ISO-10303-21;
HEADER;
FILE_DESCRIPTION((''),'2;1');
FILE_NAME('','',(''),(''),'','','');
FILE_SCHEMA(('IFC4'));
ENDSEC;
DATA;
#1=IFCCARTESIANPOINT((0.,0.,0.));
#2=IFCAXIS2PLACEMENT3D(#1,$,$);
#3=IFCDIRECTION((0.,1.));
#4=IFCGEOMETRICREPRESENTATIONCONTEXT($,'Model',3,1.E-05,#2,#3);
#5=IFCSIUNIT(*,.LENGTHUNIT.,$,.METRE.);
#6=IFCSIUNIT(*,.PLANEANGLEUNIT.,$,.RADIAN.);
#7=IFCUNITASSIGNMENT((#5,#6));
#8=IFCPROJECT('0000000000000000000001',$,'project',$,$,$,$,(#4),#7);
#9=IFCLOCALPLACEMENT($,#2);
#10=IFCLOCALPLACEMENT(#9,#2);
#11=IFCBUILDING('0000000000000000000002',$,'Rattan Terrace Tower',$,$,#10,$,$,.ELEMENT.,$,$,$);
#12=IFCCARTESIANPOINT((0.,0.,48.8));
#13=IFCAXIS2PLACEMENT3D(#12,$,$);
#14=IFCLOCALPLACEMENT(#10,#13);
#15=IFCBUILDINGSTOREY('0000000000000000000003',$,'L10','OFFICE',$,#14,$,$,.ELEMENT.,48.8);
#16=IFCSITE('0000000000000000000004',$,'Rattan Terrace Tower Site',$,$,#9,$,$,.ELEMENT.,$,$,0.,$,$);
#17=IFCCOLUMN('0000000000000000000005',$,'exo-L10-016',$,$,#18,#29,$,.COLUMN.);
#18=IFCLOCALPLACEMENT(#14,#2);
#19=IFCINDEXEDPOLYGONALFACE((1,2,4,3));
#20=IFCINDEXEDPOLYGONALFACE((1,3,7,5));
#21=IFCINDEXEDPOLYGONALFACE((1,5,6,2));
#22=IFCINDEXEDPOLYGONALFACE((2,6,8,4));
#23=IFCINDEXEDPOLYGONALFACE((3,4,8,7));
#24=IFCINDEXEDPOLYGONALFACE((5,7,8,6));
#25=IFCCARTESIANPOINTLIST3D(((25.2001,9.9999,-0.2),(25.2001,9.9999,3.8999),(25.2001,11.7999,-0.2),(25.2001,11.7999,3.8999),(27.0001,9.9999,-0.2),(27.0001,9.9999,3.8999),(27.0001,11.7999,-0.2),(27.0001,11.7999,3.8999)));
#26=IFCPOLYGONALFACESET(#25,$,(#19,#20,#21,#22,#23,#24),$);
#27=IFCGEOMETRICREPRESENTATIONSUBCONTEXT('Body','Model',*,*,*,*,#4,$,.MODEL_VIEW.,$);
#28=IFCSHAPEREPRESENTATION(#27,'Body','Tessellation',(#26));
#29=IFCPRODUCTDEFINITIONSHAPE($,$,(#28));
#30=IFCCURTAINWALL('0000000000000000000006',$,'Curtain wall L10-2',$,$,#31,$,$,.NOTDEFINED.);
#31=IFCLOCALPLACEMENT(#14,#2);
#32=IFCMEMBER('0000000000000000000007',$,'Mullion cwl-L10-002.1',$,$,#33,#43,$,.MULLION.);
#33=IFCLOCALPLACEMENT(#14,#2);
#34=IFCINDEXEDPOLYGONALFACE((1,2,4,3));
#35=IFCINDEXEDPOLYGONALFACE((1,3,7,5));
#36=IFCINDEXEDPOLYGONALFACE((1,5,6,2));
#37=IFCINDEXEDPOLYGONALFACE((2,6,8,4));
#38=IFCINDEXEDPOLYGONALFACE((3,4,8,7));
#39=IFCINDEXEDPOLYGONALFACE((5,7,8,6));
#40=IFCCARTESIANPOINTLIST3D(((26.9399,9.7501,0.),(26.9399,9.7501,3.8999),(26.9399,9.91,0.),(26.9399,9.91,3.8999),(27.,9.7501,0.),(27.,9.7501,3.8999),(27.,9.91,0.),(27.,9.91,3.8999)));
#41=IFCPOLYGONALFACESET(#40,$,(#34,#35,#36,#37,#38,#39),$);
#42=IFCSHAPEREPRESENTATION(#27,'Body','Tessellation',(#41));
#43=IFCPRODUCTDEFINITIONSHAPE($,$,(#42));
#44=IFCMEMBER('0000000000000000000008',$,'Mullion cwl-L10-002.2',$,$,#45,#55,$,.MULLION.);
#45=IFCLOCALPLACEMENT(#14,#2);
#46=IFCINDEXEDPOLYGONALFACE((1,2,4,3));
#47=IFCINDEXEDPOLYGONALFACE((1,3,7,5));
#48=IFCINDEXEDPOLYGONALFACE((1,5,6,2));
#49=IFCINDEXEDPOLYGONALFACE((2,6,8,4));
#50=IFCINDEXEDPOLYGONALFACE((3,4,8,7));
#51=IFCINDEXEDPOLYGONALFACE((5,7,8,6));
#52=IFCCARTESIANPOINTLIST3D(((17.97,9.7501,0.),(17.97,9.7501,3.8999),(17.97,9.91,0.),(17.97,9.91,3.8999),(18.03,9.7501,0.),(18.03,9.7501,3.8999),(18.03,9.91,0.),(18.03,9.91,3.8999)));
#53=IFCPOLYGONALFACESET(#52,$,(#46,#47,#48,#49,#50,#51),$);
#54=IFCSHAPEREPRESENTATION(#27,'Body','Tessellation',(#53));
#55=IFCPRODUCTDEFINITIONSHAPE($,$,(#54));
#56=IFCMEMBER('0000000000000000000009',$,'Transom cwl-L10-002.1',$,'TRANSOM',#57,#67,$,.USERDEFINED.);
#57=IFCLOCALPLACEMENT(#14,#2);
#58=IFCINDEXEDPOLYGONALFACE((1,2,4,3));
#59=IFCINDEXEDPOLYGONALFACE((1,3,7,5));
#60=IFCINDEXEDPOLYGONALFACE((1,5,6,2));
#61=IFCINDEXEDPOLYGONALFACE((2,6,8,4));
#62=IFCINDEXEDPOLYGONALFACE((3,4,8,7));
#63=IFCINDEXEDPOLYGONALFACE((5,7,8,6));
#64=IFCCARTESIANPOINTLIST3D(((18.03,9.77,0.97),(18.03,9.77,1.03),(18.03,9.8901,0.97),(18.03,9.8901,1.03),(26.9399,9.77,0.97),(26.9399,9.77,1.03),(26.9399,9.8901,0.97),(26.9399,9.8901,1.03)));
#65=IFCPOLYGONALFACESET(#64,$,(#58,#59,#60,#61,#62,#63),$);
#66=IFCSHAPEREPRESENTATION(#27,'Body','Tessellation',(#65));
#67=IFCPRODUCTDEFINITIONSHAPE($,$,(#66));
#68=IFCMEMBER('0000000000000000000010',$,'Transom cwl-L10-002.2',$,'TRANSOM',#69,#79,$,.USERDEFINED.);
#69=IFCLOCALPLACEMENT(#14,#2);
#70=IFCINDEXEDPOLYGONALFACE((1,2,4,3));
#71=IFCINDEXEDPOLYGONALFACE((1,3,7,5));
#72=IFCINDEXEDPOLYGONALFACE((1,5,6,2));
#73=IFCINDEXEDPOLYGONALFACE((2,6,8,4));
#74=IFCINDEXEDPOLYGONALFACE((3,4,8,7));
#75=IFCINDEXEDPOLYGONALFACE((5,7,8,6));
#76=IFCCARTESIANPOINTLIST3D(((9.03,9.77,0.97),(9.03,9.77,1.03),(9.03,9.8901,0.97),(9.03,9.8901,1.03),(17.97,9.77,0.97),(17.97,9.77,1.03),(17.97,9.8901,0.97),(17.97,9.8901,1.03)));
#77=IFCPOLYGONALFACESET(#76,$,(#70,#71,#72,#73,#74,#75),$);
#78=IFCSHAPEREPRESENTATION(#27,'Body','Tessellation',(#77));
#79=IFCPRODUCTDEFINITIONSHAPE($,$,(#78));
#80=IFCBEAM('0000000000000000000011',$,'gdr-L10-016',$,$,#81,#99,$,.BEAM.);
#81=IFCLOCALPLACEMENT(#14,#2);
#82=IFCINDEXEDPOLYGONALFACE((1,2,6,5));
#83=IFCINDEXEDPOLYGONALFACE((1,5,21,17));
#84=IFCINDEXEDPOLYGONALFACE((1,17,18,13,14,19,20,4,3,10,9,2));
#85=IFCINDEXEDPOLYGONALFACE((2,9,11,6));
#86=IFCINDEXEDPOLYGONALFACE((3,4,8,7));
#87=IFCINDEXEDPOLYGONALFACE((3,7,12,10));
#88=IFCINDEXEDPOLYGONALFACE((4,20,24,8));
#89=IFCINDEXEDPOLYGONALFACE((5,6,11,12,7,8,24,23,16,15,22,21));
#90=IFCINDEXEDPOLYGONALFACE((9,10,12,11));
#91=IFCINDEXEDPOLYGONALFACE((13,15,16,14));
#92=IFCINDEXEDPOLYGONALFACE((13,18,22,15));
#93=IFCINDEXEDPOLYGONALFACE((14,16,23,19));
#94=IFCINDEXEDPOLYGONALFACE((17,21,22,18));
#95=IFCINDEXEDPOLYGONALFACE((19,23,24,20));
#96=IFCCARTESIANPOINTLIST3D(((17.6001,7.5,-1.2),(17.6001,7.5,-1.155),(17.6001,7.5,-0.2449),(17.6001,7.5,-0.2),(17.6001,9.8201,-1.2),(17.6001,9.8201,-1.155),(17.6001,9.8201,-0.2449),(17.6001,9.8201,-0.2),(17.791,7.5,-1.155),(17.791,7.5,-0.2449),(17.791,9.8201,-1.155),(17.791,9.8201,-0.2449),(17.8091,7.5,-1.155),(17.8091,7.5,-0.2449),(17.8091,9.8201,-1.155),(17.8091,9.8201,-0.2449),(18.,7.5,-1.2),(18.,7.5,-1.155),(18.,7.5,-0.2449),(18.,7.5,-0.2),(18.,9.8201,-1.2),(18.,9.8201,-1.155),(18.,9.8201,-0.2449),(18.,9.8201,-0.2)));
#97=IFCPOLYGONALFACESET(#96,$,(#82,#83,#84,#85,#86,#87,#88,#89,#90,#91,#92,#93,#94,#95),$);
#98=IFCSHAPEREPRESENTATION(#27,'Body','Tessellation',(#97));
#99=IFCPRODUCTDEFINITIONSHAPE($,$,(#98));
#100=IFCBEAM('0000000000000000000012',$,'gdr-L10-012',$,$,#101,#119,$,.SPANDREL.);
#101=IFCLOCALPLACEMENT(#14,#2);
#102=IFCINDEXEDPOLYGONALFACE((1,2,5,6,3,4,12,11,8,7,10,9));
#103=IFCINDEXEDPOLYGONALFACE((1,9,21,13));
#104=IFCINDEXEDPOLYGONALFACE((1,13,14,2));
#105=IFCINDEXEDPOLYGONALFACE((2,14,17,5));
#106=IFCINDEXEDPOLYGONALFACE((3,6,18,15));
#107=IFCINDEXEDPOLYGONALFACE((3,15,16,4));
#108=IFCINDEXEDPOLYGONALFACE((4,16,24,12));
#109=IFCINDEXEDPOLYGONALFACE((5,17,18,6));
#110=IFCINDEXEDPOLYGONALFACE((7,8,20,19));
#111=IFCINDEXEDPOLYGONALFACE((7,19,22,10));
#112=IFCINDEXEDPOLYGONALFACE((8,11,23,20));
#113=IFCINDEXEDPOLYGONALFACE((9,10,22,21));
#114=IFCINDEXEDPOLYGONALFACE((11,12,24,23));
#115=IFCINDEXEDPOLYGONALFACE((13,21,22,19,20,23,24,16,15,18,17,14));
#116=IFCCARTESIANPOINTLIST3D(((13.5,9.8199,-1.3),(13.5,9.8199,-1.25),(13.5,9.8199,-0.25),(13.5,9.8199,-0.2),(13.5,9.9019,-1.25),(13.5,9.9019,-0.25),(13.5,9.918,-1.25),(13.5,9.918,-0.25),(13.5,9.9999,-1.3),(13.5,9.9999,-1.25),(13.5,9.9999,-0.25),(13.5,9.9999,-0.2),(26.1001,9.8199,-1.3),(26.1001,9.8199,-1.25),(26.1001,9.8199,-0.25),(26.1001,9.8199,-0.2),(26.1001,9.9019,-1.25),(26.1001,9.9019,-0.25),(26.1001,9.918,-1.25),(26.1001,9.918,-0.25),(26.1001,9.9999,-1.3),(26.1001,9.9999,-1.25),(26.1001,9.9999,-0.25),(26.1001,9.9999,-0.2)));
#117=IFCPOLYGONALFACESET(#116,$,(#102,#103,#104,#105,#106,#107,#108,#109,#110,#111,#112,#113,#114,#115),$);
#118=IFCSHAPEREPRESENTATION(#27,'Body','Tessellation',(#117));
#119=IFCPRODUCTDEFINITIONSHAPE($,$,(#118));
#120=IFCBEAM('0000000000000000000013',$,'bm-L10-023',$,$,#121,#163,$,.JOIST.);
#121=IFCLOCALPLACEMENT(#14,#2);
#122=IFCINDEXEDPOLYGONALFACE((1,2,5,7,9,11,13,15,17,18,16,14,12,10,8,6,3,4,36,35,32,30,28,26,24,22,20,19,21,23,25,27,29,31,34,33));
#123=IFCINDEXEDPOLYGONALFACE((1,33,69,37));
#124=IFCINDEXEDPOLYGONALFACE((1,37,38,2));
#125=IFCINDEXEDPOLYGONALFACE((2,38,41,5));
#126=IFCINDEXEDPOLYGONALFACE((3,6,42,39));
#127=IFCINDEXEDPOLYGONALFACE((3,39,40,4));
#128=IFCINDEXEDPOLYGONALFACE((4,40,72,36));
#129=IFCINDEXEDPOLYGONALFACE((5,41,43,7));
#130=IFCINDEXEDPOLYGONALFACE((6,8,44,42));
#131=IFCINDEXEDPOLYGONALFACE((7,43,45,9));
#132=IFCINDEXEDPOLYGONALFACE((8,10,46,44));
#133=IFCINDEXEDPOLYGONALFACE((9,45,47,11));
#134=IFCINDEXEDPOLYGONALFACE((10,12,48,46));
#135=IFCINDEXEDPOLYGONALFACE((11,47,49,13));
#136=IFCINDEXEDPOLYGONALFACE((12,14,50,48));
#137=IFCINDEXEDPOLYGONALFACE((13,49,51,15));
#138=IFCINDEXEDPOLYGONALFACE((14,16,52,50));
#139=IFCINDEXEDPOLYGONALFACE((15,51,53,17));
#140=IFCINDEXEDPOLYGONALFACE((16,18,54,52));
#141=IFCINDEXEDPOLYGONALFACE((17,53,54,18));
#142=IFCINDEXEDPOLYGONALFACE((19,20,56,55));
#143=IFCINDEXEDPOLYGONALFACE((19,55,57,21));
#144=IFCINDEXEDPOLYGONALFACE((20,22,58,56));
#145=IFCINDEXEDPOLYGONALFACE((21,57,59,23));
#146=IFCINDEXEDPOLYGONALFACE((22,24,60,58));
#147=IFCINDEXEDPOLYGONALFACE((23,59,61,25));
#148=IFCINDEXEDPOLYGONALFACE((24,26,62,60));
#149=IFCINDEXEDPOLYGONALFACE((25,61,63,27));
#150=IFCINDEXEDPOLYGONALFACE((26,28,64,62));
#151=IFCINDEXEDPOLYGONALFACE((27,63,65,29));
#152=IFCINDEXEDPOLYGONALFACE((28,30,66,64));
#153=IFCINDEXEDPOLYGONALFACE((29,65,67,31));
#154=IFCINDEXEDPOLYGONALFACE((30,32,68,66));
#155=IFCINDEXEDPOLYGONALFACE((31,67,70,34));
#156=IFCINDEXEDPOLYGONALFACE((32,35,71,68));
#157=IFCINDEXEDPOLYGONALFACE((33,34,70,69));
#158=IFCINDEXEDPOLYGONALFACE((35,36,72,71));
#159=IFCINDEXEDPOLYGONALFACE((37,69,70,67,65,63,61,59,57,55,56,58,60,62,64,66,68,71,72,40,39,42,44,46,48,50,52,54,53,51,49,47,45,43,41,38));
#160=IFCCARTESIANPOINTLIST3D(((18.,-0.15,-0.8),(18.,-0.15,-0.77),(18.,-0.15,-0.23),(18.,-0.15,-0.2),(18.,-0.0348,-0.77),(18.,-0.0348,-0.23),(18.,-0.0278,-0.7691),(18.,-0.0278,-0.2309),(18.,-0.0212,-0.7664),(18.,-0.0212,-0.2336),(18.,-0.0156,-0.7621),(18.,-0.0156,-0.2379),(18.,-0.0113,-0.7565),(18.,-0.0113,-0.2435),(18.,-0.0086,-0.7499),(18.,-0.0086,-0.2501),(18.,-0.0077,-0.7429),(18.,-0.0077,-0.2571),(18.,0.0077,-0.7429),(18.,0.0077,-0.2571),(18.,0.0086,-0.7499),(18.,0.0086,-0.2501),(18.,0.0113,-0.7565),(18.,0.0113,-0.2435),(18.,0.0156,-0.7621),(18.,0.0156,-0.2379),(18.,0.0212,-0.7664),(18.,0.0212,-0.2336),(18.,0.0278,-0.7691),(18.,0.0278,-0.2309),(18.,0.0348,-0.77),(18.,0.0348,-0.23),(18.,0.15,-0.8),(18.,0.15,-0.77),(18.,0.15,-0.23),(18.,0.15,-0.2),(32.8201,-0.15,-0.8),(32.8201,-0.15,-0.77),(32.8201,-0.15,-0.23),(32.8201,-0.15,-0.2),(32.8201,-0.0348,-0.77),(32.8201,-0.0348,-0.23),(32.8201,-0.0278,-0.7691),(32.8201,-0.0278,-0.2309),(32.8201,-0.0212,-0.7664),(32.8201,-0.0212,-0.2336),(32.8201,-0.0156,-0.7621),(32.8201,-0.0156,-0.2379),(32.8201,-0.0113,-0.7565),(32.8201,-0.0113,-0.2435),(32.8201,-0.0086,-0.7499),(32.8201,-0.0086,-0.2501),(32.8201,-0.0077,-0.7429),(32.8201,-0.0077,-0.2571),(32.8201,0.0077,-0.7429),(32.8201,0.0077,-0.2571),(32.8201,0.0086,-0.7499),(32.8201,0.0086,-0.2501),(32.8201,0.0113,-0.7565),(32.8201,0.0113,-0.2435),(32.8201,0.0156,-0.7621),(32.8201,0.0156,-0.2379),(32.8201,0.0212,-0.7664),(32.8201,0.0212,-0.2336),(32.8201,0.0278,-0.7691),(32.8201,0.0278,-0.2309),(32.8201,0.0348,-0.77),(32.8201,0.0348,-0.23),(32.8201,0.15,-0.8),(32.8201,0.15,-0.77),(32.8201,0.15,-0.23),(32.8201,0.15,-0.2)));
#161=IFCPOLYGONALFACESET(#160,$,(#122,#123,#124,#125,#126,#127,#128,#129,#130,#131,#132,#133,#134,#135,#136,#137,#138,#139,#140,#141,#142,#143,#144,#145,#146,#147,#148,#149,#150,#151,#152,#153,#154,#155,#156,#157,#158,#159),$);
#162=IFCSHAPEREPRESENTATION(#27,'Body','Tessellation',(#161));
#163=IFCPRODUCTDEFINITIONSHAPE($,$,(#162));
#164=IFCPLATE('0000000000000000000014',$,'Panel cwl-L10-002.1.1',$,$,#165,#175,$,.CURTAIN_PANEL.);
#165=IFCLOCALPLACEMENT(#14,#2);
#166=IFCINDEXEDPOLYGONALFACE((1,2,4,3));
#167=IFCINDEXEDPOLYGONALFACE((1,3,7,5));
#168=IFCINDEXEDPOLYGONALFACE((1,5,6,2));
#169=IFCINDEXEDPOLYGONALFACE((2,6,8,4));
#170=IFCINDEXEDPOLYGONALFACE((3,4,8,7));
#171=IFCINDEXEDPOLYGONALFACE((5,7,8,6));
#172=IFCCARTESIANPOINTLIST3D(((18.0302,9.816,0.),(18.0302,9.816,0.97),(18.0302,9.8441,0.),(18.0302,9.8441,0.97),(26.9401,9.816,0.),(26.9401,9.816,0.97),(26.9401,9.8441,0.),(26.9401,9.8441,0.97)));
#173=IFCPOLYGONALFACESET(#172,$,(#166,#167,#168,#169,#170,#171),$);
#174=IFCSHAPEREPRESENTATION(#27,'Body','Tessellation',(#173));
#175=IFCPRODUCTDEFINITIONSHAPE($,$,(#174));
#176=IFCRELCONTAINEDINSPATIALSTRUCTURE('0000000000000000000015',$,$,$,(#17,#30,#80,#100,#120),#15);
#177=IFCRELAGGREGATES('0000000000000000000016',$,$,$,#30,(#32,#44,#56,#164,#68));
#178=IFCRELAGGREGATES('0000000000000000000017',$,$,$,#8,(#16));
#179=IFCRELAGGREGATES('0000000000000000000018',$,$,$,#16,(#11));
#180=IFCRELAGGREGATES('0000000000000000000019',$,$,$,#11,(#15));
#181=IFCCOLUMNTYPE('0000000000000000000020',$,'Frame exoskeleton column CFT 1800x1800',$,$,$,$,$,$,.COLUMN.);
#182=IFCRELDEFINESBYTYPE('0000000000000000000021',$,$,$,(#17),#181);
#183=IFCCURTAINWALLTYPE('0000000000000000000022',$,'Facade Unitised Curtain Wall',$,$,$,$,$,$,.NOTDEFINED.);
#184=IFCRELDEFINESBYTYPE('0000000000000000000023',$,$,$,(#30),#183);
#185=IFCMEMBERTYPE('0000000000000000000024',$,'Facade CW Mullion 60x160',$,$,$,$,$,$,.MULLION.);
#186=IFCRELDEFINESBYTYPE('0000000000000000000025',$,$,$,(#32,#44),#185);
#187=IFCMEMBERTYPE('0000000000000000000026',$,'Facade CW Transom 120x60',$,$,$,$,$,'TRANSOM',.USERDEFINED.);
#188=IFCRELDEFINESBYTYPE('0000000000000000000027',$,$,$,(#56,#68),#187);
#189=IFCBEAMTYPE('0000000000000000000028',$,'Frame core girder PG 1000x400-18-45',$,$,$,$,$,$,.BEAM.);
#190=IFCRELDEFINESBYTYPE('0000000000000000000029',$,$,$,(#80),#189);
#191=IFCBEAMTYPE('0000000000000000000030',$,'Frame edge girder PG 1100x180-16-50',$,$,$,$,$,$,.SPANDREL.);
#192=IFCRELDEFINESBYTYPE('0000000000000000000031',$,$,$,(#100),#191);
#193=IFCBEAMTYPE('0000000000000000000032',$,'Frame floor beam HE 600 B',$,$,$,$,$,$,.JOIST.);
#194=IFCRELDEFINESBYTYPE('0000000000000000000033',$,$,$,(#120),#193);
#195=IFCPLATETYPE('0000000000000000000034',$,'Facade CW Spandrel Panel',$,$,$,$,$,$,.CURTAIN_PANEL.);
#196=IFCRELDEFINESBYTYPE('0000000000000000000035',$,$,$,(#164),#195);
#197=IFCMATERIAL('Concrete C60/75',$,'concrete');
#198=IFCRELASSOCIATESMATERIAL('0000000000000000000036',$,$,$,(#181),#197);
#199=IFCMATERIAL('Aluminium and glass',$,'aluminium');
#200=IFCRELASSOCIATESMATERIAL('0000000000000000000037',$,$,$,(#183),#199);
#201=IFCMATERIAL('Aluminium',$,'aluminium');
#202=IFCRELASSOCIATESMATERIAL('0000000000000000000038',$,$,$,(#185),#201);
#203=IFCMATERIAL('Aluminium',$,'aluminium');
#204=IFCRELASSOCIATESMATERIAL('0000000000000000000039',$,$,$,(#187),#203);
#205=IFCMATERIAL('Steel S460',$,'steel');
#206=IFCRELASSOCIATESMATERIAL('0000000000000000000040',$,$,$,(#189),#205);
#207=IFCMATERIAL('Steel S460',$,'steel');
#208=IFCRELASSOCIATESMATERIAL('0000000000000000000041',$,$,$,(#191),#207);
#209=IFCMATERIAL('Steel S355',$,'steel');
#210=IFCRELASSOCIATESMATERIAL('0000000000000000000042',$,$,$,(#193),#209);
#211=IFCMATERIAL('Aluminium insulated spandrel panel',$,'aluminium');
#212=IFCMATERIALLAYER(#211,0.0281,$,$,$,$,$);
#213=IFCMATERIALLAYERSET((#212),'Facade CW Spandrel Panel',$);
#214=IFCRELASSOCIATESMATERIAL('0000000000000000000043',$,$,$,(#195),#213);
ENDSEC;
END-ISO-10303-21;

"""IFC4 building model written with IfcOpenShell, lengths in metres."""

from ifc_helpers import new_model, si_unit, direction, frame, origin, origin_2d, place, context, subcontext, project, spatial, rectangle, i_section, extrude, material, layer, layer_set, material_profile, profile_set, type_object, element, aggregate, save


model = new_model("IFC4")

# Units and contexts
model_context = context("Model", 3, precision=1e-05, world=origin(), true_north=direction((0.0, 1.0)))
body_context = subcontext(model_context, "Body", "Model", "MODEL_VIEW")
ifc_project = project(units=[si_unit("LENGTHUNIT", "METRE"), si_unit("PLANEANGLEUNIT", "RADIAN")], contexts=[model_context])

# Site, building, storey
site_placement = place(None, origin())
site = spatial("IfcSite", under=ifc_project, at=site_placement, Name="Rattan Terrace Tower Site", CompositionType="ELEMENT", RefElevation=0.0)
building_placement = place(site_placement, origin())
building = spatial("IfcBuilding", under=site, at=building_placement, Name="Rattan Terrace Tower", CompositionType="ELEMENT")
storey_placement = place(building_placement, frame((0.0, 0.0, 48.8)))
storey = spatial("IfcBuildingStorey", under=building, at=storey_placement, Name="L10", Description="OFFICE", CompositionType="ELEMENT", Elevation=48.8)

# Column
ifc_material_1 = material(Name="Concrete C60/75", Category="concrete")
ifc_material_profile_1 = material_profile(ifc_material_1, rectangle(XDim=1.8, YDim=1.8, at=origin_2d()), Name="CFT 1800x1800")
ifc_profile_set_1 = profile_set([ifc_material_profile_1], Name="Concrete C60/75")
column_type = type_object("IfcColumnType", Name="Frame exoskeleton column CFT 1800x1800", PredefinedType="COLUMN", material=ifc_profile_set_1)
column_placement = place(storey_placement, frame((26.1001, 10.8999, -0.2), z_axis=(0.0, 0.0, 1.0), x_axis=(1.0, 0.0, 0.0)))
element("IfcColumn", 1, at=column_placement, inside=storey, type_object=column_type, Name="exo-L10-016", PredefinedType="COLUMN", context=body_context, shape_type="SweptSolid", body=[
    extrude(rectangle(XDim=1.8, YDim=1.8, at=origin_2d()), origin(), (0.0, 0.0, 1.0), 4.0999),
])

# Curtain wall, members
ifc_material_2 = material(Name="Aluminium and glass", Category="aluminium")
curtain_wall_type = type_object("IfcCurtainWallType", Name="Facade Unitised Curtain Wall", PredefinedType="NOTDEFINED", material=ifc_material_2)
curtain_wall_placement = place(storey_placement, origin())
curtain_wall = element("IfcCurtainWall", 2, at=curtain_wall_placement, inside=storey, type_object=curtain_wall_type, Name="Curtain wall L10-2", PredefinedType="NOTDEFINED")
ifc_material_3 = material(Name="Aluminium", Category="aluminium")
ifc_material_profile_2 = material_profile(ifc_material_3, rectangle(XDim=0.0601, YDim=0.1599, at=origin_2d()), Name="Aluminium 60x160")
ifc_profile_set_2 = profile_set([ifc_material_profile_2], Name="Aluminium")
member_type_1 = type_object("IfcMemberType", Name="Facade CW Mullion 60x160", PredefinedType="MULLION", material=ifc_profile_set_2)
member_1_placement = place(storey_placement, frame((26.97, 9.8301, 0.0), z_axis=(0.0, 0.0, 1.0), x_axis=(-1.0, 0.0, 0.0)))
member_1 = element("IfcMember", 3, at=member_1_placement, type_object=member_type_1, Name="Mullion cwl-L10-002.1", PredefinedType="MULLION", context=body_context, shape_type="SweptSolid", body=[
    extrude(rectangle(XDim=0.0601, YDim=0.1599, at=origin_2d()), origin(), (0.0, 0.0, 1.0), 3.8999),
])
member_2_placement = place(storey_placement, frame((18.0, 9.8301, 0.0), z_axis=(0.0, 0.0, 1.0), x_axis=(-1.0, 0.0, 0.0)))
member_2 = element("IfcMember", 4, at=member_2_placement, type_object=member_type_1, Name="Mullion cwl-L10-002.2", PredefinedType="MULLION", context=body_context, shape_type="SweptSolid", body=[
    extrude(rectangle(XDim=0.0601, YDim=0.1599, at=origin_2d()), origin(), (0.0, 0.0, 1.0), 3.8999),
])
ifc_material_4 = material(Name="Aluminium", Category="aluminium")
ifc_material_profile_3 = material_profile(ifc_material_4, rectangle(XDim=0.1201, YDim=0.0601, at=origin_2d()), Name="Aluminium 120x60")
ifc_profile_set_3 = profile_set([ifc_material_profile_3], Name="Aluminium")
member_type_2 = type_object("IfcMemberType", Name="Facade CW Transom 120x60", ElementType="TRANSOM", PredefinedType="USERDEFINED", material=ifc_profile_set_3)
member_3_placement = place(storey_placement, frame((26.9399, 9.8301, 1.0), z_axis=(-1.0, 0.0, 0.0), x_axis=(0.0, -1.0, 0.0)))
member_3 = element("IfcMember", 5, at=member_3_placement, type_object=member_type_2, Name="Transom cwl-L10-002.1", ObjectType="TRANSOM", PredefinedType="USERDEFINED", context=body_context, shape_type="SweptSolid", body=[
    extrude(rectangle(XDim=0.1201, YDim=0.0601, at=origin_2d()), origin(), (0.0, 0.0, 1.0), 8.9099),
])
member_4_placement = place(storey_placement, frame((17.97, 9.8301, 1.0), z_axis=(-1.0, 0.0, 0.0), x_axis=(0.0, -1.0, 0.0)))
member_4 = element("IfcMember", 6, at=member_4_placement, type_object=member_type_2, Name="Transom cwl-L10-002.2", ObjectType="TRANSOM", PredefinedType="USERDEFINED", context=body_context, shape_type="SweptSolid", body=[
    extrude(rectangle(XDim=0.1201, YDim=0.0601, at=origin_2d()), origin(), (0.0, 0.0, 1.0), 8.9399),
])

# Beams
ifc_material_5 = material(Name="Steel S460", Category="steel")
ifc_material_profile_4 = material_profile(ifc_material_5, i_section(OverallWidth=0.3999, OverallDepth=1.0, WebThickness=0.0181, FlangeThickness=0.0449, at=origin_2d()), Name="PG 1000x400-18-45")
ifc_profile_set_4 = profile_set([ifc_material_profile_4], Name="Steel S460")
beam_type_1 = type_object("IfcBeamType", Name="Frame core girder PG 1000x400-18-45", PredefinedType="BEAM", material=ifc_profile_set_4)
beam_1_placement = place(storey_placement, frame((17.8, 7.5, -0.7), z_axis=(0.0, 1.0, 0.0), x_axis=(-1.0, 0.0, 0.0)))
element("IfcBeam", 7, at=beam_1_placement, inside=storey, type_object=beam_type_1, Name="gdr-L10-016", PredefinedType="BEAM", context=body_context, shape_type="SweptSolid", body=[
    extrude(i_section(OverallWidth=0.3999, OverallDepth=1.0, WebThickness=0.0181, FlangeThickness=0.0449, at=origin_2d()), origin(), (0.0, 0.0, 1.0), 2.3201),
])
ifc_material_6 = material(Name="Steel S460", Category="steel")
ifc_material_profile_5 = material_profile(ifc_material_6, i_section(OverallWidth=0.1799, OverallDepth=1.1001, WebThickness=0.0161, FlangeThickness=0.05, at=origin_2d()), Name="PG 1100x180-16-50")
ifc_profile_set_5 = profile_set([ifc_material_profile_5], Name="Steel S460")
beam_type_2 = type_object("IfcBeamType", Name="Frame edge girder PG 1100x180-16-50", PredefinedType="SPANDREL", material=ifc_profile_set_5)
beam_2_placement = place(storey_placement, frame((26.1001, 9.9099, -0.75), z_axis=(-1.0, 0.0, 0.0), x_axis=(0.0, -1.0, 0.0)))
element("IfcBeam", 8, at=beam_2_placement, inside=storey, type_object=beam_type_2, Name="gdr-L10-012", PredefinedType="SPANDREL", context=body_context, shape_type="SweptSolid", body=[
    extrude(i_section(OverallWidth=0.1799, OverallDepth=1.1001, WebThickness=0.0161, FlangeThickness=0.05, at=origin_2d()), origin(), (0.0, 0.0, 1.0), 12.6001),
])
ifc_material_7 = material(Name="Steel S355", Category="steel")
ifc_material_profile_6 = material_profile(ifc_material_7, i_section(OverallWidth=0.3, OverallDepth=0.6001, WebThickness=0.0154, FlangeThickness=0.03, FilletRadius=0.0271, at=origin_2d()), Name="HE 600 B")
ifc_profile_set_6 = profile_set([ifc_material_profile_6], Name="Steel S355")
beam_type_3 = type_object("IfcBeamType", Name="Frame floor beam HE 600 B", PredefinedType="JOIST", material=ifc_profile_set_6)
beam_3_placement = place(storey_placement, frame((18.0, 0.0, -0.5), z_axis=(1.0, 0.0, 0.0), x_axis=(0.0, 1.0, 0.0)))
element("IfcBeam", 9, at=beam_3_placement, inside=storey, type_object=beam_type_3, Name="bm-L10-023", PredefinedType="JOIST", context=body_context, shape_type="SweptSolid", body=[
    extrude(i_section(OverallWidth=0.3, OverallDepth=0.6001, WebThickness=0.0154, FlangeThickness=0.03, FilletRadius=0.0271, at=origin_2d()), origin(), (0.0, 0.0, 1.0), 14.8201),
])

# Plate
ifc_material_8 = material(Name="Aluminium insulated spandrel panel", Category="aluminium")
ifc_layer_1 = layer(ifc_material_8, 0.0281)
ifc_layer_set_1 = layer_set([ifc_layer_1], Name="Facade CW Spandrel Panel")
plate_type_1 = type_object("IfcPlateType", Name="Facade CW Spandrel Panel", PredefinedType="CURTAIN_PANEL", material=ifc_layer_set_1)
plate_1_placement = place(storey_placement, frame((22.4851, 9.8301, 0.0), z_axis=(0.0, 0.0, 1.0), x_axis=(-1.0, 0.0, 0.0)))
plate_1 = element("IfcPlate", 10, at=plate_1_placement, type_object=plate_type_1, Name="Panel cwl-L10-002.1.1", PredefinedType="CURTAIN_PANEL", context=body_context, shape_type="SweptSolid", body=[
    extrude(rectangle(XDim=8.9099, YDim=0.0281, at=origin_2d()), origin(), (0.0, 0.0, 1.0), 0.97),
])
aggregate(curtain_wall, [member_1, member_2, member_3, plate_1, member_4])

save(model, "model.ifc")
